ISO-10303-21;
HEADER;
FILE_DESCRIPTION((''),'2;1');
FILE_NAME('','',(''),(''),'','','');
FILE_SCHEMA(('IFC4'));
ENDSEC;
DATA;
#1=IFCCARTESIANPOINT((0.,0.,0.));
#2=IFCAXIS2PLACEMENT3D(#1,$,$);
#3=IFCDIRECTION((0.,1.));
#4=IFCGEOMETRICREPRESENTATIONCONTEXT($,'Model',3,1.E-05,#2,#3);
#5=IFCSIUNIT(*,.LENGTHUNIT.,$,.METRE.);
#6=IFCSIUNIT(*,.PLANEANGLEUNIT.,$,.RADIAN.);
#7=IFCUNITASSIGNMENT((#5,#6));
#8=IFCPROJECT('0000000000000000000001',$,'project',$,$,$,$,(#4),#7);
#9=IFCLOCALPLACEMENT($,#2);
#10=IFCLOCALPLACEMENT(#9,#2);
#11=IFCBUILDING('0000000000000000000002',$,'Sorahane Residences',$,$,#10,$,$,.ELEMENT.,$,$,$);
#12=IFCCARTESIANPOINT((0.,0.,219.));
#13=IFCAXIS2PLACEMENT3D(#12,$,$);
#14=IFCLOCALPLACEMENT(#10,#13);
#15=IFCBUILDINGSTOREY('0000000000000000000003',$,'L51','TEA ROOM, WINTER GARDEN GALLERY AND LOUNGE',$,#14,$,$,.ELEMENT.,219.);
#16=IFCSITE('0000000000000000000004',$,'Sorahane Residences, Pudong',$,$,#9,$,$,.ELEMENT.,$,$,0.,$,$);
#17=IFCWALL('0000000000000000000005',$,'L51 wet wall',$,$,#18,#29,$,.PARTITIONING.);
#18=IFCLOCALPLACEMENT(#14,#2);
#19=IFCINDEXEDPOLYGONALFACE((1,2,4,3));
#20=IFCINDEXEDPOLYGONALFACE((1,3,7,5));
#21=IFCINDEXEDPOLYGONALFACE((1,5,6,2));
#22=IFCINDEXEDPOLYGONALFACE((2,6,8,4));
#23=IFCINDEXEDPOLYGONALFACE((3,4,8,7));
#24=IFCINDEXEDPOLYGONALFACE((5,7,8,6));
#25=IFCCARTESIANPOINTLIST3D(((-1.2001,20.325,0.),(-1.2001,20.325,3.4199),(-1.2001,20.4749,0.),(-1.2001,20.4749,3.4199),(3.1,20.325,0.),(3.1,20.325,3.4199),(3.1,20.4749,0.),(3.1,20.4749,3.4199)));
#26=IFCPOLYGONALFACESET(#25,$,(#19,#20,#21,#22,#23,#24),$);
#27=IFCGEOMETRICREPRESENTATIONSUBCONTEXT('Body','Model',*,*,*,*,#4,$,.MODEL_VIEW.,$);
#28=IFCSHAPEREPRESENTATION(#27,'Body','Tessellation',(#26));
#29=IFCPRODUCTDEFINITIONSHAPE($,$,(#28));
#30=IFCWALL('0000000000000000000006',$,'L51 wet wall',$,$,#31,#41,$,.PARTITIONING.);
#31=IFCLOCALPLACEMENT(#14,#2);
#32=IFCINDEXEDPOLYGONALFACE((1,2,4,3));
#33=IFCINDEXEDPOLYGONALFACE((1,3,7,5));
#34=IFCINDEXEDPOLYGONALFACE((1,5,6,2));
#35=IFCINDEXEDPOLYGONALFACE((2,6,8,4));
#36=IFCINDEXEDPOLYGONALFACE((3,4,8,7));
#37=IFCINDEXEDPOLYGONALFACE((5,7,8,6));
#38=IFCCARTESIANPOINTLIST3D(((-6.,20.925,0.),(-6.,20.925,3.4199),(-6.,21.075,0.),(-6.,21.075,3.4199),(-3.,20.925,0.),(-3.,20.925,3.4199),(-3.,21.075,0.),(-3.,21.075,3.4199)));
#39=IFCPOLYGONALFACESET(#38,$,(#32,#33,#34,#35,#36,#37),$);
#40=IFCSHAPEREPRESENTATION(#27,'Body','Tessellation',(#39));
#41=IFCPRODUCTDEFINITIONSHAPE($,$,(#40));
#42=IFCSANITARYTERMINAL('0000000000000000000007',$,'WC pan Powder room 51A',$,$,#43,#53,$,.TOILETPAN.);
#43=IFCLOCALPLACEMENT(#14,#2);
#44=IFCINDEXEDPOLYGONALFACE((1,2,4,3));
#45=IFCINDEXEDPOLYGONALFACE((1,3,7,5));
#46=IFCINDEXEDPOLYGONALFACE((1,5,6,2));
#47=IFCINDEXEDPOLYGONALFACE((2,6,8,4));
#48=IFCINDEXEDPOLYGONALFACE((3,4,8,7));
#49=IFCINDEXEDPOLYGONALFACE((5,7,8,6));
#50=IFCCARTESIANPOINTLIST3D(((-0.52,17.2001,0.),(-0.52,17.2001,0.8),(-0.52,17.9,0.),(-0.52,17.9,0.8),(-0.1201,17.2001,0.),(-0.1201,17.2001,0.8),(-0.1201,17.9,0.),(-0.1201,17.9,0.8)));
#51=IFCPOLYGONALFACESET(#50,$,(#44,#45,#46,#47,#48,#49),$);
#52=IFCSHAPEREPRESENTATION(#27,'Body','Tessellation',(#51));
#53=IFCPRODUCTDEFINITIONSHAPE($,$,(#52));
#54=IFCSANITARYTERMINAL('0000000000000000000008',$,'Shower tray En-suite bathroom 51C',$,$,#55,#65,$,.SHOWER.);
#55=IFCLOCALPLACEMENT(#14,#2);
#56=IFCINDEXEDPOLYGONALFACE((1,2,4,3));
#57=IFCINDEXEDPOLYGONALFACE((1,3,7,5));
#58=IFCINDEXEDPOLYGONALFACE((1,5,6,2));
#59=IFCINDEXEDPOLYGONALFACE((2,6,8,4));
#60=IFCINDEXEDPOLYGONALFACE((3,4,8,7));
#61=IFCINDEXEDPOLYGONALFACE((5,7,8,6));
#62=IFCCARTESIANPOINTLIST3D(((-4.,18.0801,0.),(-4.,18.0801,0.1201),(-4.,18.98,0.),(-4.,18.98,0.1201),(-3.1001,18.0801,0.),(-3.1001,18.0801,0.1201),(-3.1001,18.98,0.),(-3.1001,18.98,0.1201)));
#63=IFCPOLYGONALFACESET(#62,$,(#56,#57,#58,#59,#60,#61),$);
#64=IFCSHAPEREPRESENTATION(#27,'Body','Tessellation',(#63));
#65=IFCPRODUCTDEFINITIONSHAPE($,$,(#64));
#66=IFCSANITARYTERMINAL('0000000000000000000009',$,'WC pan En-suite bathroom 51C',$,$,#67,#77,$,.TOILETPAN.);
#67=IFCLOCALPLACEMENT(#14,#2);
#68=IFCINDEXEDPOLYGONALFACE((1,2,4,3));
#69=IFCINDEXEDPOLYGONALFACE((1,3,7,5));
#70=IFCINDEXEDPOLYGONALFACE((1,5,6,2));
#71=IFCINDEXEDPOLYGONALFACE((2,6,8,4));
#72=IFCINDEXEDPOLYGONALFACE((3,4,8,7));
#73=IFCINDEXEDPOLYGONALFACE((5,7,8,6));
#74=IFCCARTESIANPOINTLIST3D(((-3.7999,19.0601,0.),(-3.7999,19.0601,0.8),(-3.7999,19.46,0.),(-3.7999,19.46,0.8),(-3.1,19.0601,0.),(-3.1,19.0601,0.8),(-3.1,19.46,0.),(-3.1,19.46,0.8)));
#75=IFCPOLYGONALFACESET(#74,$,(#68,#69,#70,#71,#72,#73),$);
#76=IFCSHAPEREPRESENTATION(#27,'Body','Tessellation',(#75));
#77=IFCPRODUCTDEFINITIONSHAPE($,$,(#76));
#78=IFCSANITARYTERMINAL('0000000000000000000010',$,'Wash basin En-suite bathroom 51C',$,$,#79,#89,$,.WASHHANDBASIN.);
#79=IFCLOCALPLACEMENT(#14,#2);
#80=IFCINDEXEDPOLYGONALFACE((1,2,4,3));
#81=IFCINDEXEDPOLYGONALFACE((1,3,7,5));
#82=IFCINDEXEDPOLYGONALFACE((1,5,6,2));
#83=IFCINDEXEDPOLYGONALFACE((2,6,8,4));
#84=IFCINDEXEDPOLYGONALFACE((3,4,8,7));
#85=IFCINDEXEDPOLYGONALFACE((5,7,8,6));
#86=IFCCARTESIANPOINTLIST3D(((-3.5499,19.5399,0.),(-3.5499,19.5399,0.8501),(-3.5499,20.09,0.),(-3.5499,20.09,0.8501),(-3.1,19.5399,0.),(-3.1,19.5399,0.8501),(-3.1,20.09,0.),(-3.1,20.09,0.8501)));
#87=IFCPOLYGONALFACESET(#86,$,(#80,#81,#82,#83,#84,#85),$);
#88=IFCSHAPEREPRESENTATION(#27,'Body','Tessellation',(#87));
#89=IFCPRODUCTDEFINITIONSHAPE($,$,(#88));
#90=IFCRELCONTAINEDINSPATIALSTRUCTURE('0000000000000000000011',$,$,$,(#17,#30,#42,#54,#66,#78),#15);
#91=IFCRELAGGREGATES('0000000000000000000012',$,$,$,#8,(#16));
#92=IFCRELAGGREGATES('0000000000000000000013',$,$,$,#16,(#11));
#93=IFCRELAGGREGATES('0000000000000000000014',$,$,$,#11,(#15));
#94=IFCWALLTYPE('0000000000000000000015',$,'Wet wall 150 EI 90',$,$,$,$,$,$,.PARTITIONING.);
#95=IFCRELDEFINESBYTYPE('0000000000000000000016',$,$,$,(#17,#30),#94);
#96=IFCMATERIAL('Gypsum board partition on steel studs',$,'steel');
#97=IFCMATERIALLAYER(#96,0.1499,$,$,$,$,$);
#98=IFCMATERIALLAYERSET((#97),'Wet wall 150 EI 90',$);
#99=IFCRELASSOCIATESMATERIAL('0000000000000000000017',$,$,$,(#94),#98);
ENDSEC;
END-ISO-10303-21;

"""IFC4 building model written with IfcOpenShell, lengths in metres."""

from ifc_helpers import new_model, si_unit, direction, frame, frame_2d, origin, origin_2d, place, context, subcontext, project, spatial, rectangle, extrude, material, layer, layer_set, type_object, element, save


model = new_model("IFC4")

# Units and contexts
model_context = context("Model", 3, precision=1e-05, world=origin(), true_north=direction((0.0, 1.0)))
body_context = subcontext(model_context, "Body", "Model", "MODEL_VIEW")
ifc_project = project(units=[si_unit("LENGTHUNIT", "METRE"), si_unit("PLANEANGLEUNIT", "RADIAN")], contexts=[model_context])

# Site, building, storey
site_placement = place(None, origin())
site = spatial("IfcSite", under=ifc_project, at=site_placement, Name="Sorahane Residences, Pudong", CompositionType="ELEMENT", RefElevation=0.0)
building_placement = place(site_placement, origin())
building = spatial("IfcBuilding", under=site, at=building_placement, Name="Sorahane Residences", CompositionType="ELEMENT")
storey_placement = place(building_placement, frame((0.0, 0.0, 219.0)))
storey = spatial("IfcBuildingStorey", under=building, at=storey_placement, Name="L51", Description="TEA ROOM, WINTER GARDEN GALLERY AND LOUNGE", CompositionType="ELEMENT", Elevation=219.0)

# Shared definitions
ifc_material_1 = material(Name="Gypsum board partition on steel studs", Category="steel")
ifc_layer_1 = layer(ifc_material_1, 0.1499)
ifc_layer_set_1 = layer_set([ifc_layer_1], Name="Wet wall 150 EI 90")
wall_type_1 = type_object("IfcWallType", Name="Wet wall 150 EI 90", PredefinedType="PARTITIONING", material=ifc_layer_set_1)

# Walls
wall_1_placement = place(storey_placement, frame((-1.2, 20.3999, 0.0), z_axis=(0.0, 0.0, 1.0), x_axis=(1.0, 0.0, 0.0)))
element("IfcWall", 1, at=wall_1_placement, inside=storey, type_object=wall_type_1, Name="L51 wet wall", PredefinedType="PARTITIONING", context=body_context, shape_type="SweptSolid", body=[
    extrude(rectangle(XDim=4.3, YDim=0.1499, at=frame_2d((2.1499, 0.0))), origin(), (0.0, 0.0, 1.0), 3.4199),
])
wall_2_placement = place(storey_placement, frame((-6.0, 21.0, 0.0), z_axis=(0.0, 0.0, 1.0), x_axis=(1.0, 0.0, 0.0)))
element("IfcWall", 2, at=wall_2_placement, inside=storey, type_object=wall_type_1, Name="L51 wet wall", PredefinedType="PARTITIONING", context=body_context, shape_type="SweptSolid", body=[
    extrude(rectangle(XDim=3.0, YDim=0.1499, at=frame_2d((1.5, 0.0))), origin(), (0.0, 0.0, 1.0), 3.4199),
])

# Sanitary terminals
sanitary_terminal_1_placement = place(storey_placement, frame((-0.3201, 17.55, 0.0), z_axis=(0.0, 0.0, 1.0), x_axis=(1.0, 0.0, 0.0)))
element("IfcSanitaryTerminal", 3, at=sanitary_terminal_1_placement, inside=storey, Name="WC pan Powder room 51A", PredefinedType="TOILETPAN", context=body_context, shape_type="SweptSolid", body=[
    extrude(rectangle(XDim=0.3999, YDim=0.7, at=origin_2d()), origin(), (0.0, 0.0, 1.0), 0.8),
])
sanitary_terminal_2_placement = place(storey_placement, frame((-3.55, 18.53, 0.0), z_axis=(0.0, 0.0, 1.0), x_axis=(0.0, -1.0, 0.0)))
element("IfcSanitaryTerminal", 4, at=sanitary_terminal_2_placement, inside=storey, Name="Shower tray En-suite bathroom 51C", PredefinedType="SHOWER", context=body_context, shape_type="SweptSolid", body=[
    extrude(rectangle(XDim=0.8999, YDim=0.8999, at=origin_2d()), origin(), (0.0, 0.0, 1.0), 0.1201),
])
sanitary_terminal_3_placement = place(storey_placement, frame((-3.45, 19.26, 0.0), z_axis=(0.0, 0.0, 1.0), x_axis=(0.0, -1.0, 0.0)))
element("IfcSanitaryTerminal", 5, at=sanitary_terminal_3_placement, inside=storey, Name="WC pan En-suite bathroom 51C", PredefinedType="TOILETPAN", context=body_context, shape_type="SweptSolid", body=[
    extrude(rectangle(XDim=0.3999, YDim=0.7, at=origin_2d()), origin(), (0.0, 0.0, 1.0), 0.8),
])
sanitary_terminal_4_placement = place(storey_placement, frame((-3.325, 19.8149, 0.0), z_axis=(0.0, 0.0, 1.0), x_axis=(0.0, -1.0, 0.0)))
element("IfcSanitaryTerminal", 6, at=sanitary_terminal_4_placement, inside=storey, Name="Wash basin En-suite bathroom 51C", PredefinedType="WASHHANDBASIN", context=body_context, shape_type="SweptSolid", body=[
    extrude(rectangle(XDim=0.55, YDim=0.45, at=origin_2d()), origin(), (0.0, 0.0, 1.0), 0.8501),
])

save(model, "model.ifc")
